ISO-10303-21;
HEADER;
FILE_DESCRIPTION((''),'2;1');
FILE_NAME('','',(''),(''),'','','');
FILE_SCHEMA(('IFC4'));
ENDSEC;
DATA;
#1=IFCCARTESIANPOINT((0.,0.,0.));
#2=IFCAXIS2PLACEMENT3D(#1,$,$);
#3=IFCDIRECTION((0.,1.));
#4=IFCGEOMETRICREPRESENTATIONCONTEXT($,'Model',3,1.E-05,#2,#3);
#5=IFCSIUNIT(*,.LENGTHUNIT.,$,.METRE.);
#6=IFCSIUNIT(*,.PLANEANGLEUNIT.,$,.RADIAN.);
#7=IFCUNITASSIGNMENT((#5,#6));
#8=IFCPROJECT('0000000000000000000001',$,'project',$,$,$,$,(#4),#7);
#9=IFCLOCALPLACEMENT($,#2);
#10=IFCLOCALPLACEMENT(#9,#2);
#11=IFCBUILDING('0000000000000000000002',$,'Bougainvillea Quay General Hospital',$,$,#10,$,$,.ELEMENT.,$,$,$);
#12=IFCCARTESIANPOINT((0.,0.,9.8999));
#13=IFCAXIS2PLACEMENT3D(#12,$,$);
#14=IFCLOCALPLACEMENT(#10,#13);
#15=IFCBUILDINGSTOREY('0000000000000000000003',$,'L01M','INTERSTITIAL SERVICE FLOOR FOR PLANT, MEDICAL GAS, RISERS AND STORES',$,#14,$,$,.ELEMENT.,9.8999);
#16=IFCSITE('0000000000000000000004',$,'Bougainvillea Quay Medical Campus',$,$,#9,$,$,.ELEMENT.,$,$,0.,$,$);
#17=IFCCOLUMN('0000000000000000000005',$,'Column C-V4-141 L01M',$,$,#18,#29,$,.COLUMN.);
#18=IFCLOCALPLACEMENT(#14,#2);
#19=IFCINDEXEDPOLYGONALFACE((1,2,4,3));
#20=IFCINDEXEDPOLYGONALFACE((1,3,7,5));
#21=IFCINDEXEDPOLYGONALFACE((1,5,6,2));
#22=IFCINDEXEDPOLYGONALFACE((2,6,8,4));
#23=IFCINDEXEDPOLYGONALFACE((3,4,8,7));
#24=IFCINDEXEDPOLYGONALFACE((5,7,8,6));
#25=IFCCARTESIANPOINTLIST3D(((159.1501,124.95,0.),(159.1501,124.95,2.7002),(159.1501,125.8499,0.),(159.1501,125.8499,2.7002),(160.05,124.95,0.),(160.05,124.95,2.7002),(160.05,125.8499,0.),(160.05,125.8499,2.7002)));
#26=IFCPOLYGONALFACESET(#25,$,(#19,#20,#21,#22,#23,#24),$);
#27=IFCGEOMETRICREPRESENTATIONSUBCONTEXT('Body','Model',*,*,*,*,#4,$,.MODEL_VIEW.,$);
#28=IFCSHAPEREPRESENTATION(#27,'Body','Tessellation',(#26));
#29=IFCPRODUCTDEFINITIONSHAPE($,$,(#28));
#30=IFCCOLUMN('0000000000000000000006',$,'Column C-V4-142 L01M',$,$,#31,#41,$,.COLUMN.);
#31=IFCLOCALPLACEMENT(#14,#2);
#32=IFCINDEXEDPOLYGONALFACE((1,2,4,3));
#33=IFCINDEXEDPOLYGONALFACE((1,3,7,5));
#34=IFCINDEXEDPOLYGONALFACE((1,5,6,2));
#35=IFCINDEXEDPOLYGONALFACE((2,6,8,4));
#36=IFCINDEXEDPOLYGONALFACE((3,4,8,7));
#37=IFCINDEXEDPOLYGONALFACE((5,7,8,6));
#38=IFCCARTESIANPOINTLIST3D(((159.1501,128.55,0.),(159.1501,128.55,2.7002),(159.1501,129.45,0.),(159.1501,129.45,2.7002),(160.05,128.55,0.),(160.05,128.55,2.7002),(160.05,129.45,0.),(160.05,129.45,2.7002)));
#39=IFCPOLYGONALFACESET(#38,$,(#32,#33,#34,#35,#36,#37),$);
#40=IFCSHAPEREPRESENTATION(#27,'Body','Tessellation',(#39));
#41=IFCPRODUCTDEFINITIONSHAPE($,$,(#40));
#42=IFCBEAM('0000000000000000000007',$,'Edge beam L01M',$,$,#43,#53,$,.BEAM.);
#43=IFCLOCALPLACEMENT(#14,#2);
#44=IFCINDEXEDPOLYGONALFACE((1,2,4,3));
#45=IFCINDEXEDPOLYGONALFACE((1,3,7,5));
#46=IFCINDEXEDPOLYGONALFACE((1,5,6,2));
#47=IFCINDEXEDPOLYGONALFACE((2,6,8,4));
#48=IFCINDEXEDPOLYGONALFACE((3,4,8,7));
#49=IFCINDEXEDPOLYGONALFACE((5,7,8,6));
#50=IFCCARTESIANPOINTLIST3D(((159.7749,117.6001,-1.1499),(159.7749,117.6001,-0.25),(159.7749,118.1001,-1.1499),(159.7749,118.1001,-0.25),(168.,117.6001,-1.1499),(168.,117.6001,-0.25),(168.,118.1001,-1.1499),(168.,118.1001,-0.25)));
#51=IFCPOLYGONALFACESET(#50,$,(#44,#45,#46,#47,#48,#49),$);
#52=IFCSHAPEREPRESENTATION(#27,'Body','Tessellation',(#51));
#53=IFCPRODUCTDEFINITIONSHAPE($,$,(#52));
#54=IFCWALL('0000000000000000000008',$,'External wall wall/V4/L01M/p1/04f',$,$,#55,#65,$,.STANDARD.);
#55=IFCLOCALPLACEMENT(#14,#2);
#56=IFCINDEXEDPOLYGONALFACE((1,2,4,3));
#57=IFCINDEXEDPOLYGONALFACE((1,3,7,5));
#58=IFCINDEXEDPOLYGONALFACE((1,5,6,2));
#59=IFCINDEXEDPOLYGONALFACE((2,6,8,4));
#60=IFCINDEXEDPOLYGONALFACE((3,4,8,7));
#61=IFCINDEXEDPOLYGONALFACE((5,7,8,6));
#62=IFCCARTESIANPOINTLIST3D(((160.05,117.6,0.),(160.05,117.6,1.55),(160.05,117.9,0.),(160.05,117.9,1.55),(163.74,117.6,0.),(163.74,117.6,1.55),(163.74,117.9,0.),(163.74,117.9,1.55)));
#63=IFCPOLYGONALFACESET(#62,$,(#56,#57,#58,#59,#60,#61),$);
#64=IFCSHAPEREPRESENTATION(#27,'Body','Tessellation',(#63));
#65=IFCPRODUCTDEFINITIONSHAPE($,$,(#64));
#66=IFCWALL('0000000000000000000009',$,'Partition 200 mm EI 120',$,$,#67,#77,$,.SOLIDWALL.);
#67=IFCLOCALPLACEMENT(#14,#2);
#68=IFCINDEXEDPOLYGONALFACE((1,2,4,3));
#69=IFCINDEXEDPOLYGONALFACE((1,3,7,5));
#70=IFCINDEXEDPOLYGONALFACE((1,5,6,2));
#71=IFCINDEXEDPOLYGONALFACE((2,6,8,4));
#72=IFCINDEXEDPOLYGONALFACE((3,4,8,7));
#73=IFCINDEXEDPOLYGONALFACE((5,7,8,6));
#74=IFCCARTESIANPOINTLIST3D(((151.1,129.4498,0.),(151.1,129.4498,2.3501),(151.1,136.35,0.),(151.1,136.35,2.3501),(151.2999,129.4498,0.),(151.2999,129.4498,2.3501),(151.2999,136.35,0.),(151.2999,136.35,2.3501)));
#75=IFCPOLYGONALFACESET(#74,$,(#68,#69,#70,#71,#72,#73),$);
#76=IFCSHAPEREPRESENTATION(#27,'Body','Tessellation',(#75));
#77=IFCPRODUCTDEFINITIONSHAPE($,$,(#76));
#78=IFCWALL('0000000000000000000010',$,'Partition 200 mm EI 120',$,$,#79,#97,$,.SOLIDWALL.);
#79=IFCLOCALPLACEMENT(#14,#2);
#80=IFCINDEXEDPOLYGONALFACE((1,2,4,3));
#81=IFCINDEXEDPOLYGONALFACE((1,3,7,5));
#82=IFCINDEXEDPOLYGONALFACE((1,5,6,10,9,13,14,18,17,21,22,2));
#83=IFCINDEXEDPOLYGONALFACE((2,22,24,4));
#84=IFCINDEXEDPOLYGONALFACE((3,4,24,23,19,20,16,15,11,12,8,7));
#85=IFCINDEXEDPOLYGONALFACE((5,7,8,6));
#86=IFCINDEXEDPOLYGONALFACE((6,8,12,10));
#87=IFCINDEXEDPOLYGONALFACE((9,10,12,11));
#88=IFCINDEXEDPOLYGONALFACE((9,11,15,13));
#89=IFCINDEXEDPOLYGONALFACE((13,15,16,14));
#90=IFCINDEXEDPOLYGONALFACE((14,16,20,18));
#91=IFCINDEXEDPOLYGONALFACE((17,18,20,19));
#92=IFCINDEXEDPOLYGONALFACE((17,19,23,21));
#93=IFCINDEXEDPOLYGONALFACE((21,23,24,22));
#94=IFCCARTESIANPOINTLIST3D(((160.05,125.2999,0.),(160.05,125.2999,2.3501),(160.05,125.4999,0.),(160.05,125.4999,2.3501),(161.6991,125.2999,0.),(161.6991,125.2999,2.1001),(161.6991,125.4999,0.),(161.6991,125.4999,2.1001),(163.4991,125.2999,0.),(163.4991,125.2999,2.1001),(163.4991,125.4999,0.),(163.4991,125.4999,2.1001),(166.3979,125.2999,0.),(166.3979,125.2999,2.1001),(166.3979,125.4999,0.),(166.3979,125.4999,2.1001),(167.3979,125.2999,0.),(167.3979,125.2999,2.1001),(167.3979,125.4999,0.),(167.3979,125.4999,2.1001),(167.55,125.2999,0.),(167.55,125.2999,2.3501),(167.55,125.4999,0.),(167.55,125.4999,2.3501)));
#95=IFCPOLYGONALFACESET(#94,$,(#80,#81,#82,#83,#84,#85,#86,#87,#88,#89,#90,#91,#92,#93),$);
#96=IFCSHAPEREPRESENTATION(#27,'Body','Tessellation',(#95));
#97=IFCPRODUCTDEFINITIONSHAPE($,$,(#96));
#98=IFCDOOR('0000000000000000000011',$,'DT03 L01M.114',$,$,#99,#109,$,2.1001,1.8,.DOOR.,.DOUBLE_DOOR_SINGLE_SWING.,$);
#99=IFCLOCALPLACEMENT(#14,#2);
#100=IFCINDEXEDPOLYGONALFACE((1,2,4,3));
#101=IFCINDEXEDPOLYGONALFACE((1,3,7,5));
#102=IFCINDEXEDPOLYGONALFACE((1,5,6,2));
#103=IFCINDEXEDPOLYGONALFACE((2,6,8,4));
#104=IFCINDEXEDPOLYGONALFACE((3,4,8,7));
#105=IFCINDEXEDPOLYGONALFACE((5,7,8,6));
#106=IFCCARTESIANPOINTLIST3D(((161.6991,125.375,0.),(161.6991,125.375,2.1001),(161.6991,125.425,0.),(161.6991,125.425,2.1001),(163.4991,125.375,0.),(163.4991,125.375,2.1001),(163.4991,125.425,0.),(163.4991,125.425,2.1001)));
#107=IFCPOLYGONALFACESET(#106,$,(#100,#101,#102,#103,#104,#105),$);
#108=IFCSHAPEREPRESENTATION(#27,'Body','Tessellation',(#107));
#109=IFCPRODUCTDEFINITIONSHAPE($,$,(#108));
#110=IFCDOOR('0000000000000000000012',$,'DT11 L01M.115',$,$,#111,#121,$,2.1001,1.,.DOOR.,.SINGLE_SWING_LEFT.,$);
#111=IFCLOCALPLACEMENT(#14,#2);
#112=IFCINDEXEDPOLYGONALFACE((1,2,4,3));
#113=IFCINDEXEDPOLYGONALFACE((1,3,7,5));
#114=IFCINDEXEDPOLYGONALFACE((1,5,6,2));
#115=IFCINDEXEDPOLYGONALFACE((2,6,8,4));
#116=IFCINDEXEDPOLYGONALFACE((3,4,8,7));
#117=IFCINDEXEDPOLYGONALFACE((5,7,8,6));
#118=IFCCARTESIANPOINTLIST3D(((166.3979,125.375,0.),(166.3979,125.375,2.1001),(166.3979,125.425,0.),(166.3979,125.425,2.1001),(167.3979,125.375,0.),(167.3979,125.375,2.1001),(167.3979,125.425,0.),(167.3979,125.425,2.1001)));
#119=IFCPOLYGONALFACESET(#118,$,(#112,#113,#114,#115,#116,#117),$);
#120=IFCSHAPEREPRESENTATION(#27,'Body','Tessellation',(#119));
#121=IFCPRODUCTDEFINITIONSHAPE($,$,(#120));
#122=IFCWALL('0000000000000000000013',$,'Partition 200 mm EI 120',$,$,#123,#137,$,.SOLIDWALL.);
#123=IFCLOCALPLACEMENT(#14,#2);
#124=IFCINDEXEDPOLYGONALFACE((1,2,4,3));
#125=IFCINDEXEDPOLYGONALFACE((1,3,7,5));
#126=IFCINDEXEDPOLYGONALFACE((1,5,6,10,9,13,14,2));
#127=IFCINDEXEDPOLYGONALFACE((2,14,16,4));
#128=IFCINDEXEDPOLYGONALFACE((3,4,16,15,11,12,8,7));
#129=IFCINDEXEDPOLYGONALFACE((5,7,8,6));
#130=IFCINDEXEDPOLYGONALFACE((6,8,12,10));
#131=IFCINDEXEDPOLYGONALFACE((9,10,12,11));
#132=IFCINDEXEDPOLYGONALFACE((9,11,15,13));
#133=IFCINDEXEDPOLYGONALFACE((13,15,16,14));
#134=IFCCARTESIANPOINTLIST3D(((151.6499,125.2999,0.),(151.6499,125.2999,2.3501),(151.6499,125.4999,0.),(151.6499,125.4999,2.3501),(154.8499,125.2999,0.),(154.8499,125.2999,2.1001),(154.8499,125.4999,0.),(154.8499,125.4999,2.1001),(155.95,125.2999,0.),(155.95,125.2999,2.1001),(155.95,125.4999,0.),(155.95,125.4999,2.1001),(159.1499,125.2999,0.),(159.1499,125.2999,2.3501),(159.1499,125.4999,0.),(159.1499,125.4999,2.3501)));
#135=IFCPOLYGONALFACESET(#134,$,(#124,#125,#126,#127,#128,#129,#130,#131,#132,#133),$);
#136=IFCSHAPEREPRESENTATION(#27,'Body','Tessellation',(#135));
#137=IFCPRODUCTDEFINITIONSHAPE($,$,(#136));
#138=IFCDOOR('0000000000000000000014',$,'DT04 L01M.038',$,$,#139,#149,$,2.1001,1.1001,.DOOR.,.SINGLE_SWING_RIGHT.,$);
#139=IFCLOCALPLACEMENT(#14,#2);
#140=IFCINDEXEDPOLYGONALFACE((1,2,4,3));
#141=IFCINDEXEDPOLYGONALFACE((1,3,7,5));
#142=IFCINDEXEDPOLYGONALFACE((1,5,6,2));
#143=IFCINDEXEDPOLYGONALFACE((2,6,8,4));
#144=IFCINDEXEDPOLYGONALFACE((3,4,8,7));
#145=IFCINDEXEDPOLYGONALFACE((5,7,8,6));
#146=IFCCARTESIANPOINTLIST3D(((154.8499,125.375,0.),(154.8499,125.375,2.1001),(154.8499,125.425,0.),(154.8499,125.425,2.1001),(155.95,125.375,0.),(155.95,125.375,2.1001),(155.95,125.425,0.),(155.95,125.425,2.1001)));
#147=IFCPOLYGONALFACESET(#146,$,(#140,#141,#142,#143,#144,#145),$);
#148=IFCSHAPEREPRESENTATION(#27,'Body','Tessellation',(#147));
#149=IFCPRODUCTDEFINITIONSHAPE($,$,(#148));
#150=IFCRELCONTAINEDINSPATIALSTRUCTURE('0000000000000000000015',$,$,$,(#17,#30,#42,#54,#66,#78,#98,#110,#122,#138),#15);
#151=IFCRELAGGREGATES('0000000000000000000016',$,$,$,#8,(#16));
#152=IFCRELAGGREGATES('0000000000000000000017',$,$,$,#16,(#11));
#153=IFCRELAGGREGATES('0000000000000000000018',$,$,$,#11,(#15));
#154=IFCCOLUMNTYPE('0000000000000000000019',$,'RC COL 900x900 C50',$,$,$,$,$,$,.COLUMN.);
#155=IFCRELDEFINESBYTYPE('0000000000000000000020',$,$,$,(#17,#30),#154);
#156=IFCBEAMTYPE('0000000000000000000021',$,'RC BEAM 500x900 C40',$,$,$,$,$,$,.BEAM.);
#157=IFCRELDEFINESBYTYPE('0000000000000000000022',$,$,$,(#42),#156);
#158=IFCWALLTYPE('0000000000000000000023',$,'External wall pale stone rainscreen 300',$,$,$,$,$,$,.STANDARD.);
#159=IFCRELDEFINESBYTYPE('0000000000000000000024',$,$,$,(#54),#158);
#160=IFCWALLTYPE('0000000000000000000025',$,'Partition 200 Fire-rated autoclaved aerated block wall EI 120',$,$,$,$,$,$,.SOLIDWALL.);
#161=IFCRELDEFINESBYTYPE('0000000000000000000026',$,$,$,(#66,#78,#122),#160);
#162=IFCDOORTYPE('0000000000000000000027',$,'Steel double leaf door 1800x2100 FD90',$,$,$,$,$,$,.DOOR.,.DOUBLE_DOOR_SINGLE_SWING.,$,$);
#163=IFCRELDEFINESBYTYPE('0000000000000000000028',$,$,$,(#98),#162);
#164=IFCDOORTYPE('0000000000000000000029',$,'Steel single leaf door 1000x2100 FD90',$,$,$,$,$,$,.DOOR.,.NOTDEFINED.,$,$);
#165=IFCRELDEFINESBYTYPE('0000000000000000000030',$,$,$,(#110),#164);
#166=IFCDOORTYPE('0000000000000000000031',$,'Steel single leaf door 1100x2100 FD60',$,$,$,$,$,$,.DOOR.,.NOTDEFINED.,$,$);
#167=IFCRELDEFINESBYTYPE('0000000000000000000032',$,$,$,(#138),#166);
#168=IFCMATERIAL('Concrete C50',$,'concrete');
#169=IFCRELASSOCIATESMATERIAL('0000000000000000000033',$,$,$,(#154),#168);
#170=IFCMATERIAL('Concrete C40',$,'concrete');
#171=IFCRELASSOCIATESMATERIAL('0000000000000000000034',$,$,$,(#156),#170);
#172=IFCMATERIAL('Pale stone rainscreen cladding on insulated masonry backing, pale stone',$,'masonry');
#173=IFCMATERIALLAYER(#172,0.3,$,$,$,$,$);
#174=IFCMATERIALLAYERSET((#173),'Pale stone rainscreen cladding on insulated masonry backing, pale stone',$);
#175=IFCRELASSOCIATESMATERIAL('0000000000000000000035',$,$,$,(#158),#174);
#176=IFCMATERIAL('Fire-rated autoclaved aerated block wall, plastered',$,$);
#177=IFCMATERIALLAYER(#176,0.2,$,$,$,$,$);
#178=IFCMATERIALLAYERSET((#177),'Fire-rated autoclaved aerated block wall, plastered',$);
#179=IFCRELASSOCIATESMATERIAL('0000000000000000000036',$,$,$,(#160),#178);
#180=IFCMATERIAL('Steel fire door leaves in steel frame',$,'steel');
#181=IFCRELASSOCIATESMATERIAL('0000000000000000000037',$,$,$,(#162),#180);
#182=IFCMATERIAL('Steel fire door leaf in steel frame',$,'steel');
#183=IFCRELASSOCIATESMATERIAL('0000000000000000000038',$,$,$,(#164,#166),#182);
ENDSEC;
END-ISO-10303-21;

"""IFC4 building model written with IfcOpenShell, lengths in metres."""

from ifc_helpers import new_model, si_unit, direction, frame, frame_2d, origin, origin_2d, place, context, subcontext, project, spatial, rectangle, extrude, material, layer, layer_set, material_profile, profile_set, type_object, element, fill, save


model = new_model("IFC4")

# Units and contexts
model_context = context("Model", 3, precision=1e-05, world=origin(), true_north=direction((0.0, 1.0)))
body_context = subcontext(model_context, "Body", "Model", "MODEL_VIEW")
ifc_project = project(units=[si_unit("LENGTHUNIT", "METRE"), si_unit("PLANEANGLEUNIT", "RADIAN")], contexts=[model_context])

# Site, building, storey
site_placement = place(None, origin())
site = spatial("IfcSite", under=ifc_project, at=site_placement, Name="Bougainvillea Quay Medical Campus", CompositionType="ELEMENT", RefElevation=0.0)
building_placement = place(site_placement, origin())
building = spatial("IfcBuilding", under=site, at=building_placement, Name="Bougainvillea Quay General Hospital", CompositionType="ELEMENT")
storey_placement = place(building_placement, frame((0.0, 0.0, 9.8999)))
storey = spatial("IfcBuildingStorey", under=building, at=storey_placement, Name="L01M", Description="INTERSTITIAL SERVICE FLOOR FOR PLANT, MEDICAL GAS, RISERS AND STORES", CompositionType="ELEMENT", Elevation=9.8999)

# Columns
ifc_material_1 = material(Name="Concrete C50", Category="concrete")
ifc_material_profile_1 = material_profile(ifc_material_1, rectangle(XDim=0.8999, YDim=0.8999, at=origin_2d()))
ifc_profile_set_1 = profile_set([ifc_material_profile_1], Name="Concrete C50")
column_type = type_object("IfcColumnType", Name="RC COL 900x900 C50", PredefinedType="COLUMN", material=ifc_profile_set_1)
for number, where, z_axis, x_axis, name in (
    (1, (159.6001, 125.3999, 0.0), (0.0, 0.0, 1.0), (1.0, 0.0, 0.0), "Column C-V4-141 L01M"),
    (2, (159.6001, 129.0, 0.0), (0.0, 0.0, 1.0), (1.0, 0.0, 0.0), "Column C-V4-142 L01M"),
):
    element("IfcColumn", number, at=place(storey_placement, frame(where, z_axis=z_axis, x_axis=x_axis)), inside=storey, type_object=column_type, Name=name, PredefinedType="COLUMN", context=body_context, shape_type="SweptSolid", body=[
        extrude(rectangle(XDim=0.8999, YDim=0.8999, at=origin_2d()), origin(), (0.0, 0.0, 1.0), 2.7002),
    ])

# Beam
ifc_material_2 = material(Name="Concrete C40", Category="concrete")
ifc_material_profile_2 = material_profile(ifc_material_2, rectangle(XDim=0.5, YDim=0.8999, at=origin_2d()))
ifc_profile_set_2 = profile_set([ifc_material_profile_2], Name="Concrete C40")
beam_type = type_object("IfcBeamType", Name="RC BEAM 500x900 C40", PredefinedType="BEAM", material=ifc_profile_set_2)
beam_placement = place(storey_placement, frame((159.7749, 117.8501, -0.7), z_axis=(1.0, 0.0, 0.0), x_axis=(0.0, 1.0, 0.0)))
element("IfcBeam", 3, at=beam_placement, inside=storey, type_object=beam_type, Name="Edge beam L01M", PredefinedType="BEAM", context=body_context, shape_type="SweptSolid", body=[
    extrude(rectangle(XDim=0.5, YDim=0.8999, at=origin_2d()), origin(), (0.0, 0.0, 1.0), 8.2251),
])

# Walls
ifc_material_3 = material(Name="Pale stone rainscreen cladding on insulated masonry backing, pale stone", Category="masonry")
ifc_layer_1 = layer(ifc_material_3, 0.3)
ifc_layer_set_1 = layer_set([ifc_layer_1], Name="Pale stone rainscreen cladding on insulated masonry backing, pale stone")
wall_type_1 = type_object("IfcWallType", Name="External wall pale stone rainscreen 300", PredefinedType="STANDARD", material=ifc_layer_set_1)
wall_1_placement = place(storey_placement, frame((160.05, 117.75, 0.0), z_axis=(0.0, 0.0, 1.0), x_axis=(1.0, 0.0, 0.0)))
element("IfcWall", 4, at=wall_1_placement, inside=storey, type_object=wall_type_1, Name="External wall wall/V4/L01M/p1/04f", PredefinedType="STANDARD", context=body_context, shape_type="SweptSolid", body=[
    extrude(rectangle(XDim=3.6899, YDim=0.3, at=frame_2d((1.845, 0.0))), origin(), (0.0, 0.0, 1.0), 1.55),
])
ifc_material_4 = material(Name="Fire-rated autoclaved aerated block wall, plastered")
ifc_layer_2 = layer(ifc_material_4, 0.2)
ifc_layer_set_2 = layer_set([ifc_layer_2], Name="Fire-rated autoclaved aerated block wall, plastered")
wall_type_2 = type_object("IfcWallType", Name="Partition 200 Fire-rated autoclaved aerated block wall EI 120", PredefinedType="SOLIDWALL", material=ifc_layer_set_2)
wall_2_placement = place(storey_placement, frame((151.2, 136.3501, 0.0), z_axis=(0.0, 0.0, 1.0), x_axis=(0.0, -1.0, 0.0)))
element("IfcWall", 5, at=wall_2_placement, inside=storey, type_object=wall_type_2, Name="Partition 200 mm EI 120", PredefinedType="SOLIDWALL", context=body_context, shape_type="SweptSolid", body=[
    extrude(rectangle(XDim=6.9001, YDim=0.2, at=frame_2d((3.4502, 0.0))), origin(), (0.0, 0.0, 1.0), 2.3501),
])

# Wall, openings, doors
wall_3_placement = place(storey_placement, frame((167.55, 125.3999, 0.0), z_axis=(0.0, 0.0, 1.0), x_axis=(-1.0, 0.0, 0.0)))
wall_3 = element("IfcWall", 6, at=wall_3_placement, inside=storey, type_object=wall_type_2, Name="Partition 200 mm EI 120", PredefinedType="SOLIDWALL", context=body_context, shape_type="SweptSolid", body=[
    extrude(rectangle(XDim=7.5, YDim=0.2, at=frame_2d((3.75, 0.0))), origin(), (0.0, 0.0, 1.0), 2.3501),
])
opening_1_placement = place(wall_3_placement, frame((4.051, 0.0, 0.0)))
opening_1 = element("IfcOpeningElement", 7, at=opening_1_placement, cuts=wall_3, PredefinedType="OPENING", context=body_context, shape_type="SweptSolid", body=[
    extrude(rectangle(XDim=1.8, YDim=2.1001, at=frame_2d((0.8999, 1.05))), frame((0.0, 0.1099, 0.0), z_axis=(0.0, -1.0, 0.0), x_axis=(1.0, 0.0, 0.0)), (0.0, 0.0, 1.0), 0.22),
])
opening_2_placement = place(wall_3_placement, frame((0.1521, 0.0, 0.0)))
opening_2 = element("IfcOpeningElement", 8, at=opening_2_placement, cuts=wall_3, PredefinedType="OPENING", context=body_context, shape_type="SweptSolid", body=[
    extrude(rectangle(XDim=1.0, YDim=2.1001, at=frame_2d((0.5, 1.05))), frame((0.0, 0.1099, 0.0), z_axis=(0.0, -1.0, 0.0), x_axis=(1.0, 0.0, 0.0)), (0.0, 0.0, 1.0), 0.22),
])
ifc_material_5 = material(Name="Steel fire door leaves in steel frame", Category="steel")
door_type_1 = type_object("IfcDoorType", Name="Steel double leaf door 1800x2100 FD90", OperationType="DOUBLE_DOOR_SINGLE_SWING", PredefinedType="DOOR", material=ifc_material_5)
door_1_placement = place(opening_1_placement, origin())
door_1 = element("IfcDoor", 9, at=door_1_placement, inside=storey, type_object=door_type_1, Name="DT03 L01M.114", OperationType="DOUBLE_DOOR_SINGLE_SWING", OverallHeight=2.1001, OverallWidth=1.8, PredefinedType="DOOR", context=body_context, shape_type="SweptSolid", body=[
    extrude(rectangle(XDim=1.8, YDim=2.1001, at=frame_2d((0.8999, 1.05))), frame((0.0, 0.0249, 0.0), z_axis=(0.0, -1.0, 0.0), x_axis=(1.0, 0.0, 0.0)), (0.0, 0.0, 1.0), 0.05),
])
fill(opening_1, door_1)
ifc_material_6 = material(Name="Steel fire door leaf in steel frame", Category="steel")
door_type_2 = type_object("IfcDoorType", Name="Steel single leaf door 1000x2100 FD90", OperationType="NOTDEFINED", PredefinedType="DOOR", material=ifc_material_6)
door_2_placement = place(opening_2_placement, origin())
door_2 = element("IfcDoor", 10, at=door_2_placement, inside=storey, type_object=door_type_2, Name="DT11 L01M.115", OperationType="SINGLE_SWING_LEFT", OverallHeight=2.1001, OverallWidth=1.0, PredefinedType="DOOR", context=body_context, shape_type="SweptSolid", body=[
    extrude(rectangle(XDim=1.0, YDim=2.1001, at=frame_2d((0.5, 1.05))), frame((0.0, 0.0249, 0.0), z_axis=(0.0, -1.0, 0.0), x_axis=(1.0, 0.0, 0.0)), (0.0, 0.0, 1.0), 0.05),
])
fill(opening_2, door_2)

# Wall, opening, door
wall_4_placement = place(storey_placement, frame((159.1499, 125.3999, 0.0), z_axis=(0.0, 0.0, 1.0), x_axis=(-1.0, 0.0, 0.0)))
wall_4 = element("IfcWall", 11, at=wall_4_placement, inside=storey, type_object=wall_type_2, Name="Partition 200 mm EI 120", PredefinedType="SOLIDWALL", context=body_context, shape_type="SweptSolid", body=[
    extrude(rectangle(XDim=7.5, YDim=0.2, at=frame_2d((3.75, 0.0))), origin(), (0.0, 0.0, 1.0), 2.3501),
])
opening_3_placement = place(wall_4_placement, frame((3.2, 0.0, 0.0)))
opening_3 = element("IfcOpeningElement", 12, at=opening_3_placement, cuts=wall_4, PredefinedType="OPENING", context=body_context, shape_type="SweptSolid", body=[
    extrude(rectangle(XDim=1.1001, YDim=2.1001, at=frame_2d((0.55, 1.05))), frame((0.0, 0.1099, 0.0), z_axis=(0.0, -1.0, 0.0), x_axis=(1.0, 0.0, 0.0)), (0.0, 0.0, 1.0), 0.22),
])
door_type_3 = type_object("IfcDoorType", Name="Steel single leaf door 1100x2100 FD60", OperationType="NOTDEFINED", PredefinedType="DOOR", material=ifc_material_6)
door_3_placement = place(opening_3_placement, origin())
door_3 = element("IfcDoor", 13, at=door_3_placement, inside=storey, type_object=door_type_3, Name="DT04 L01M.038", OperationType="SINGLE_SWING_RIGHT", OverallHeight=2.1001, OverallWidth=1.1001, PredefinedType="DOOR", context=body_context, shape_type="SweptSolid", body=[
    extrude(rectangle(XDim=1.1001, YDim=2.1001, at=frame_2d((0.55, 1.05))), frame((0.0, 0.0249, 0.0), z_axis=(0.0, -1.0, 0.0), x_axis=(1.0, 0.0, 0.0)), (0.0, 0.0, 1.0), 0.05),
])
fill(opening_3, door_3)

save(model, "model.ifc")
